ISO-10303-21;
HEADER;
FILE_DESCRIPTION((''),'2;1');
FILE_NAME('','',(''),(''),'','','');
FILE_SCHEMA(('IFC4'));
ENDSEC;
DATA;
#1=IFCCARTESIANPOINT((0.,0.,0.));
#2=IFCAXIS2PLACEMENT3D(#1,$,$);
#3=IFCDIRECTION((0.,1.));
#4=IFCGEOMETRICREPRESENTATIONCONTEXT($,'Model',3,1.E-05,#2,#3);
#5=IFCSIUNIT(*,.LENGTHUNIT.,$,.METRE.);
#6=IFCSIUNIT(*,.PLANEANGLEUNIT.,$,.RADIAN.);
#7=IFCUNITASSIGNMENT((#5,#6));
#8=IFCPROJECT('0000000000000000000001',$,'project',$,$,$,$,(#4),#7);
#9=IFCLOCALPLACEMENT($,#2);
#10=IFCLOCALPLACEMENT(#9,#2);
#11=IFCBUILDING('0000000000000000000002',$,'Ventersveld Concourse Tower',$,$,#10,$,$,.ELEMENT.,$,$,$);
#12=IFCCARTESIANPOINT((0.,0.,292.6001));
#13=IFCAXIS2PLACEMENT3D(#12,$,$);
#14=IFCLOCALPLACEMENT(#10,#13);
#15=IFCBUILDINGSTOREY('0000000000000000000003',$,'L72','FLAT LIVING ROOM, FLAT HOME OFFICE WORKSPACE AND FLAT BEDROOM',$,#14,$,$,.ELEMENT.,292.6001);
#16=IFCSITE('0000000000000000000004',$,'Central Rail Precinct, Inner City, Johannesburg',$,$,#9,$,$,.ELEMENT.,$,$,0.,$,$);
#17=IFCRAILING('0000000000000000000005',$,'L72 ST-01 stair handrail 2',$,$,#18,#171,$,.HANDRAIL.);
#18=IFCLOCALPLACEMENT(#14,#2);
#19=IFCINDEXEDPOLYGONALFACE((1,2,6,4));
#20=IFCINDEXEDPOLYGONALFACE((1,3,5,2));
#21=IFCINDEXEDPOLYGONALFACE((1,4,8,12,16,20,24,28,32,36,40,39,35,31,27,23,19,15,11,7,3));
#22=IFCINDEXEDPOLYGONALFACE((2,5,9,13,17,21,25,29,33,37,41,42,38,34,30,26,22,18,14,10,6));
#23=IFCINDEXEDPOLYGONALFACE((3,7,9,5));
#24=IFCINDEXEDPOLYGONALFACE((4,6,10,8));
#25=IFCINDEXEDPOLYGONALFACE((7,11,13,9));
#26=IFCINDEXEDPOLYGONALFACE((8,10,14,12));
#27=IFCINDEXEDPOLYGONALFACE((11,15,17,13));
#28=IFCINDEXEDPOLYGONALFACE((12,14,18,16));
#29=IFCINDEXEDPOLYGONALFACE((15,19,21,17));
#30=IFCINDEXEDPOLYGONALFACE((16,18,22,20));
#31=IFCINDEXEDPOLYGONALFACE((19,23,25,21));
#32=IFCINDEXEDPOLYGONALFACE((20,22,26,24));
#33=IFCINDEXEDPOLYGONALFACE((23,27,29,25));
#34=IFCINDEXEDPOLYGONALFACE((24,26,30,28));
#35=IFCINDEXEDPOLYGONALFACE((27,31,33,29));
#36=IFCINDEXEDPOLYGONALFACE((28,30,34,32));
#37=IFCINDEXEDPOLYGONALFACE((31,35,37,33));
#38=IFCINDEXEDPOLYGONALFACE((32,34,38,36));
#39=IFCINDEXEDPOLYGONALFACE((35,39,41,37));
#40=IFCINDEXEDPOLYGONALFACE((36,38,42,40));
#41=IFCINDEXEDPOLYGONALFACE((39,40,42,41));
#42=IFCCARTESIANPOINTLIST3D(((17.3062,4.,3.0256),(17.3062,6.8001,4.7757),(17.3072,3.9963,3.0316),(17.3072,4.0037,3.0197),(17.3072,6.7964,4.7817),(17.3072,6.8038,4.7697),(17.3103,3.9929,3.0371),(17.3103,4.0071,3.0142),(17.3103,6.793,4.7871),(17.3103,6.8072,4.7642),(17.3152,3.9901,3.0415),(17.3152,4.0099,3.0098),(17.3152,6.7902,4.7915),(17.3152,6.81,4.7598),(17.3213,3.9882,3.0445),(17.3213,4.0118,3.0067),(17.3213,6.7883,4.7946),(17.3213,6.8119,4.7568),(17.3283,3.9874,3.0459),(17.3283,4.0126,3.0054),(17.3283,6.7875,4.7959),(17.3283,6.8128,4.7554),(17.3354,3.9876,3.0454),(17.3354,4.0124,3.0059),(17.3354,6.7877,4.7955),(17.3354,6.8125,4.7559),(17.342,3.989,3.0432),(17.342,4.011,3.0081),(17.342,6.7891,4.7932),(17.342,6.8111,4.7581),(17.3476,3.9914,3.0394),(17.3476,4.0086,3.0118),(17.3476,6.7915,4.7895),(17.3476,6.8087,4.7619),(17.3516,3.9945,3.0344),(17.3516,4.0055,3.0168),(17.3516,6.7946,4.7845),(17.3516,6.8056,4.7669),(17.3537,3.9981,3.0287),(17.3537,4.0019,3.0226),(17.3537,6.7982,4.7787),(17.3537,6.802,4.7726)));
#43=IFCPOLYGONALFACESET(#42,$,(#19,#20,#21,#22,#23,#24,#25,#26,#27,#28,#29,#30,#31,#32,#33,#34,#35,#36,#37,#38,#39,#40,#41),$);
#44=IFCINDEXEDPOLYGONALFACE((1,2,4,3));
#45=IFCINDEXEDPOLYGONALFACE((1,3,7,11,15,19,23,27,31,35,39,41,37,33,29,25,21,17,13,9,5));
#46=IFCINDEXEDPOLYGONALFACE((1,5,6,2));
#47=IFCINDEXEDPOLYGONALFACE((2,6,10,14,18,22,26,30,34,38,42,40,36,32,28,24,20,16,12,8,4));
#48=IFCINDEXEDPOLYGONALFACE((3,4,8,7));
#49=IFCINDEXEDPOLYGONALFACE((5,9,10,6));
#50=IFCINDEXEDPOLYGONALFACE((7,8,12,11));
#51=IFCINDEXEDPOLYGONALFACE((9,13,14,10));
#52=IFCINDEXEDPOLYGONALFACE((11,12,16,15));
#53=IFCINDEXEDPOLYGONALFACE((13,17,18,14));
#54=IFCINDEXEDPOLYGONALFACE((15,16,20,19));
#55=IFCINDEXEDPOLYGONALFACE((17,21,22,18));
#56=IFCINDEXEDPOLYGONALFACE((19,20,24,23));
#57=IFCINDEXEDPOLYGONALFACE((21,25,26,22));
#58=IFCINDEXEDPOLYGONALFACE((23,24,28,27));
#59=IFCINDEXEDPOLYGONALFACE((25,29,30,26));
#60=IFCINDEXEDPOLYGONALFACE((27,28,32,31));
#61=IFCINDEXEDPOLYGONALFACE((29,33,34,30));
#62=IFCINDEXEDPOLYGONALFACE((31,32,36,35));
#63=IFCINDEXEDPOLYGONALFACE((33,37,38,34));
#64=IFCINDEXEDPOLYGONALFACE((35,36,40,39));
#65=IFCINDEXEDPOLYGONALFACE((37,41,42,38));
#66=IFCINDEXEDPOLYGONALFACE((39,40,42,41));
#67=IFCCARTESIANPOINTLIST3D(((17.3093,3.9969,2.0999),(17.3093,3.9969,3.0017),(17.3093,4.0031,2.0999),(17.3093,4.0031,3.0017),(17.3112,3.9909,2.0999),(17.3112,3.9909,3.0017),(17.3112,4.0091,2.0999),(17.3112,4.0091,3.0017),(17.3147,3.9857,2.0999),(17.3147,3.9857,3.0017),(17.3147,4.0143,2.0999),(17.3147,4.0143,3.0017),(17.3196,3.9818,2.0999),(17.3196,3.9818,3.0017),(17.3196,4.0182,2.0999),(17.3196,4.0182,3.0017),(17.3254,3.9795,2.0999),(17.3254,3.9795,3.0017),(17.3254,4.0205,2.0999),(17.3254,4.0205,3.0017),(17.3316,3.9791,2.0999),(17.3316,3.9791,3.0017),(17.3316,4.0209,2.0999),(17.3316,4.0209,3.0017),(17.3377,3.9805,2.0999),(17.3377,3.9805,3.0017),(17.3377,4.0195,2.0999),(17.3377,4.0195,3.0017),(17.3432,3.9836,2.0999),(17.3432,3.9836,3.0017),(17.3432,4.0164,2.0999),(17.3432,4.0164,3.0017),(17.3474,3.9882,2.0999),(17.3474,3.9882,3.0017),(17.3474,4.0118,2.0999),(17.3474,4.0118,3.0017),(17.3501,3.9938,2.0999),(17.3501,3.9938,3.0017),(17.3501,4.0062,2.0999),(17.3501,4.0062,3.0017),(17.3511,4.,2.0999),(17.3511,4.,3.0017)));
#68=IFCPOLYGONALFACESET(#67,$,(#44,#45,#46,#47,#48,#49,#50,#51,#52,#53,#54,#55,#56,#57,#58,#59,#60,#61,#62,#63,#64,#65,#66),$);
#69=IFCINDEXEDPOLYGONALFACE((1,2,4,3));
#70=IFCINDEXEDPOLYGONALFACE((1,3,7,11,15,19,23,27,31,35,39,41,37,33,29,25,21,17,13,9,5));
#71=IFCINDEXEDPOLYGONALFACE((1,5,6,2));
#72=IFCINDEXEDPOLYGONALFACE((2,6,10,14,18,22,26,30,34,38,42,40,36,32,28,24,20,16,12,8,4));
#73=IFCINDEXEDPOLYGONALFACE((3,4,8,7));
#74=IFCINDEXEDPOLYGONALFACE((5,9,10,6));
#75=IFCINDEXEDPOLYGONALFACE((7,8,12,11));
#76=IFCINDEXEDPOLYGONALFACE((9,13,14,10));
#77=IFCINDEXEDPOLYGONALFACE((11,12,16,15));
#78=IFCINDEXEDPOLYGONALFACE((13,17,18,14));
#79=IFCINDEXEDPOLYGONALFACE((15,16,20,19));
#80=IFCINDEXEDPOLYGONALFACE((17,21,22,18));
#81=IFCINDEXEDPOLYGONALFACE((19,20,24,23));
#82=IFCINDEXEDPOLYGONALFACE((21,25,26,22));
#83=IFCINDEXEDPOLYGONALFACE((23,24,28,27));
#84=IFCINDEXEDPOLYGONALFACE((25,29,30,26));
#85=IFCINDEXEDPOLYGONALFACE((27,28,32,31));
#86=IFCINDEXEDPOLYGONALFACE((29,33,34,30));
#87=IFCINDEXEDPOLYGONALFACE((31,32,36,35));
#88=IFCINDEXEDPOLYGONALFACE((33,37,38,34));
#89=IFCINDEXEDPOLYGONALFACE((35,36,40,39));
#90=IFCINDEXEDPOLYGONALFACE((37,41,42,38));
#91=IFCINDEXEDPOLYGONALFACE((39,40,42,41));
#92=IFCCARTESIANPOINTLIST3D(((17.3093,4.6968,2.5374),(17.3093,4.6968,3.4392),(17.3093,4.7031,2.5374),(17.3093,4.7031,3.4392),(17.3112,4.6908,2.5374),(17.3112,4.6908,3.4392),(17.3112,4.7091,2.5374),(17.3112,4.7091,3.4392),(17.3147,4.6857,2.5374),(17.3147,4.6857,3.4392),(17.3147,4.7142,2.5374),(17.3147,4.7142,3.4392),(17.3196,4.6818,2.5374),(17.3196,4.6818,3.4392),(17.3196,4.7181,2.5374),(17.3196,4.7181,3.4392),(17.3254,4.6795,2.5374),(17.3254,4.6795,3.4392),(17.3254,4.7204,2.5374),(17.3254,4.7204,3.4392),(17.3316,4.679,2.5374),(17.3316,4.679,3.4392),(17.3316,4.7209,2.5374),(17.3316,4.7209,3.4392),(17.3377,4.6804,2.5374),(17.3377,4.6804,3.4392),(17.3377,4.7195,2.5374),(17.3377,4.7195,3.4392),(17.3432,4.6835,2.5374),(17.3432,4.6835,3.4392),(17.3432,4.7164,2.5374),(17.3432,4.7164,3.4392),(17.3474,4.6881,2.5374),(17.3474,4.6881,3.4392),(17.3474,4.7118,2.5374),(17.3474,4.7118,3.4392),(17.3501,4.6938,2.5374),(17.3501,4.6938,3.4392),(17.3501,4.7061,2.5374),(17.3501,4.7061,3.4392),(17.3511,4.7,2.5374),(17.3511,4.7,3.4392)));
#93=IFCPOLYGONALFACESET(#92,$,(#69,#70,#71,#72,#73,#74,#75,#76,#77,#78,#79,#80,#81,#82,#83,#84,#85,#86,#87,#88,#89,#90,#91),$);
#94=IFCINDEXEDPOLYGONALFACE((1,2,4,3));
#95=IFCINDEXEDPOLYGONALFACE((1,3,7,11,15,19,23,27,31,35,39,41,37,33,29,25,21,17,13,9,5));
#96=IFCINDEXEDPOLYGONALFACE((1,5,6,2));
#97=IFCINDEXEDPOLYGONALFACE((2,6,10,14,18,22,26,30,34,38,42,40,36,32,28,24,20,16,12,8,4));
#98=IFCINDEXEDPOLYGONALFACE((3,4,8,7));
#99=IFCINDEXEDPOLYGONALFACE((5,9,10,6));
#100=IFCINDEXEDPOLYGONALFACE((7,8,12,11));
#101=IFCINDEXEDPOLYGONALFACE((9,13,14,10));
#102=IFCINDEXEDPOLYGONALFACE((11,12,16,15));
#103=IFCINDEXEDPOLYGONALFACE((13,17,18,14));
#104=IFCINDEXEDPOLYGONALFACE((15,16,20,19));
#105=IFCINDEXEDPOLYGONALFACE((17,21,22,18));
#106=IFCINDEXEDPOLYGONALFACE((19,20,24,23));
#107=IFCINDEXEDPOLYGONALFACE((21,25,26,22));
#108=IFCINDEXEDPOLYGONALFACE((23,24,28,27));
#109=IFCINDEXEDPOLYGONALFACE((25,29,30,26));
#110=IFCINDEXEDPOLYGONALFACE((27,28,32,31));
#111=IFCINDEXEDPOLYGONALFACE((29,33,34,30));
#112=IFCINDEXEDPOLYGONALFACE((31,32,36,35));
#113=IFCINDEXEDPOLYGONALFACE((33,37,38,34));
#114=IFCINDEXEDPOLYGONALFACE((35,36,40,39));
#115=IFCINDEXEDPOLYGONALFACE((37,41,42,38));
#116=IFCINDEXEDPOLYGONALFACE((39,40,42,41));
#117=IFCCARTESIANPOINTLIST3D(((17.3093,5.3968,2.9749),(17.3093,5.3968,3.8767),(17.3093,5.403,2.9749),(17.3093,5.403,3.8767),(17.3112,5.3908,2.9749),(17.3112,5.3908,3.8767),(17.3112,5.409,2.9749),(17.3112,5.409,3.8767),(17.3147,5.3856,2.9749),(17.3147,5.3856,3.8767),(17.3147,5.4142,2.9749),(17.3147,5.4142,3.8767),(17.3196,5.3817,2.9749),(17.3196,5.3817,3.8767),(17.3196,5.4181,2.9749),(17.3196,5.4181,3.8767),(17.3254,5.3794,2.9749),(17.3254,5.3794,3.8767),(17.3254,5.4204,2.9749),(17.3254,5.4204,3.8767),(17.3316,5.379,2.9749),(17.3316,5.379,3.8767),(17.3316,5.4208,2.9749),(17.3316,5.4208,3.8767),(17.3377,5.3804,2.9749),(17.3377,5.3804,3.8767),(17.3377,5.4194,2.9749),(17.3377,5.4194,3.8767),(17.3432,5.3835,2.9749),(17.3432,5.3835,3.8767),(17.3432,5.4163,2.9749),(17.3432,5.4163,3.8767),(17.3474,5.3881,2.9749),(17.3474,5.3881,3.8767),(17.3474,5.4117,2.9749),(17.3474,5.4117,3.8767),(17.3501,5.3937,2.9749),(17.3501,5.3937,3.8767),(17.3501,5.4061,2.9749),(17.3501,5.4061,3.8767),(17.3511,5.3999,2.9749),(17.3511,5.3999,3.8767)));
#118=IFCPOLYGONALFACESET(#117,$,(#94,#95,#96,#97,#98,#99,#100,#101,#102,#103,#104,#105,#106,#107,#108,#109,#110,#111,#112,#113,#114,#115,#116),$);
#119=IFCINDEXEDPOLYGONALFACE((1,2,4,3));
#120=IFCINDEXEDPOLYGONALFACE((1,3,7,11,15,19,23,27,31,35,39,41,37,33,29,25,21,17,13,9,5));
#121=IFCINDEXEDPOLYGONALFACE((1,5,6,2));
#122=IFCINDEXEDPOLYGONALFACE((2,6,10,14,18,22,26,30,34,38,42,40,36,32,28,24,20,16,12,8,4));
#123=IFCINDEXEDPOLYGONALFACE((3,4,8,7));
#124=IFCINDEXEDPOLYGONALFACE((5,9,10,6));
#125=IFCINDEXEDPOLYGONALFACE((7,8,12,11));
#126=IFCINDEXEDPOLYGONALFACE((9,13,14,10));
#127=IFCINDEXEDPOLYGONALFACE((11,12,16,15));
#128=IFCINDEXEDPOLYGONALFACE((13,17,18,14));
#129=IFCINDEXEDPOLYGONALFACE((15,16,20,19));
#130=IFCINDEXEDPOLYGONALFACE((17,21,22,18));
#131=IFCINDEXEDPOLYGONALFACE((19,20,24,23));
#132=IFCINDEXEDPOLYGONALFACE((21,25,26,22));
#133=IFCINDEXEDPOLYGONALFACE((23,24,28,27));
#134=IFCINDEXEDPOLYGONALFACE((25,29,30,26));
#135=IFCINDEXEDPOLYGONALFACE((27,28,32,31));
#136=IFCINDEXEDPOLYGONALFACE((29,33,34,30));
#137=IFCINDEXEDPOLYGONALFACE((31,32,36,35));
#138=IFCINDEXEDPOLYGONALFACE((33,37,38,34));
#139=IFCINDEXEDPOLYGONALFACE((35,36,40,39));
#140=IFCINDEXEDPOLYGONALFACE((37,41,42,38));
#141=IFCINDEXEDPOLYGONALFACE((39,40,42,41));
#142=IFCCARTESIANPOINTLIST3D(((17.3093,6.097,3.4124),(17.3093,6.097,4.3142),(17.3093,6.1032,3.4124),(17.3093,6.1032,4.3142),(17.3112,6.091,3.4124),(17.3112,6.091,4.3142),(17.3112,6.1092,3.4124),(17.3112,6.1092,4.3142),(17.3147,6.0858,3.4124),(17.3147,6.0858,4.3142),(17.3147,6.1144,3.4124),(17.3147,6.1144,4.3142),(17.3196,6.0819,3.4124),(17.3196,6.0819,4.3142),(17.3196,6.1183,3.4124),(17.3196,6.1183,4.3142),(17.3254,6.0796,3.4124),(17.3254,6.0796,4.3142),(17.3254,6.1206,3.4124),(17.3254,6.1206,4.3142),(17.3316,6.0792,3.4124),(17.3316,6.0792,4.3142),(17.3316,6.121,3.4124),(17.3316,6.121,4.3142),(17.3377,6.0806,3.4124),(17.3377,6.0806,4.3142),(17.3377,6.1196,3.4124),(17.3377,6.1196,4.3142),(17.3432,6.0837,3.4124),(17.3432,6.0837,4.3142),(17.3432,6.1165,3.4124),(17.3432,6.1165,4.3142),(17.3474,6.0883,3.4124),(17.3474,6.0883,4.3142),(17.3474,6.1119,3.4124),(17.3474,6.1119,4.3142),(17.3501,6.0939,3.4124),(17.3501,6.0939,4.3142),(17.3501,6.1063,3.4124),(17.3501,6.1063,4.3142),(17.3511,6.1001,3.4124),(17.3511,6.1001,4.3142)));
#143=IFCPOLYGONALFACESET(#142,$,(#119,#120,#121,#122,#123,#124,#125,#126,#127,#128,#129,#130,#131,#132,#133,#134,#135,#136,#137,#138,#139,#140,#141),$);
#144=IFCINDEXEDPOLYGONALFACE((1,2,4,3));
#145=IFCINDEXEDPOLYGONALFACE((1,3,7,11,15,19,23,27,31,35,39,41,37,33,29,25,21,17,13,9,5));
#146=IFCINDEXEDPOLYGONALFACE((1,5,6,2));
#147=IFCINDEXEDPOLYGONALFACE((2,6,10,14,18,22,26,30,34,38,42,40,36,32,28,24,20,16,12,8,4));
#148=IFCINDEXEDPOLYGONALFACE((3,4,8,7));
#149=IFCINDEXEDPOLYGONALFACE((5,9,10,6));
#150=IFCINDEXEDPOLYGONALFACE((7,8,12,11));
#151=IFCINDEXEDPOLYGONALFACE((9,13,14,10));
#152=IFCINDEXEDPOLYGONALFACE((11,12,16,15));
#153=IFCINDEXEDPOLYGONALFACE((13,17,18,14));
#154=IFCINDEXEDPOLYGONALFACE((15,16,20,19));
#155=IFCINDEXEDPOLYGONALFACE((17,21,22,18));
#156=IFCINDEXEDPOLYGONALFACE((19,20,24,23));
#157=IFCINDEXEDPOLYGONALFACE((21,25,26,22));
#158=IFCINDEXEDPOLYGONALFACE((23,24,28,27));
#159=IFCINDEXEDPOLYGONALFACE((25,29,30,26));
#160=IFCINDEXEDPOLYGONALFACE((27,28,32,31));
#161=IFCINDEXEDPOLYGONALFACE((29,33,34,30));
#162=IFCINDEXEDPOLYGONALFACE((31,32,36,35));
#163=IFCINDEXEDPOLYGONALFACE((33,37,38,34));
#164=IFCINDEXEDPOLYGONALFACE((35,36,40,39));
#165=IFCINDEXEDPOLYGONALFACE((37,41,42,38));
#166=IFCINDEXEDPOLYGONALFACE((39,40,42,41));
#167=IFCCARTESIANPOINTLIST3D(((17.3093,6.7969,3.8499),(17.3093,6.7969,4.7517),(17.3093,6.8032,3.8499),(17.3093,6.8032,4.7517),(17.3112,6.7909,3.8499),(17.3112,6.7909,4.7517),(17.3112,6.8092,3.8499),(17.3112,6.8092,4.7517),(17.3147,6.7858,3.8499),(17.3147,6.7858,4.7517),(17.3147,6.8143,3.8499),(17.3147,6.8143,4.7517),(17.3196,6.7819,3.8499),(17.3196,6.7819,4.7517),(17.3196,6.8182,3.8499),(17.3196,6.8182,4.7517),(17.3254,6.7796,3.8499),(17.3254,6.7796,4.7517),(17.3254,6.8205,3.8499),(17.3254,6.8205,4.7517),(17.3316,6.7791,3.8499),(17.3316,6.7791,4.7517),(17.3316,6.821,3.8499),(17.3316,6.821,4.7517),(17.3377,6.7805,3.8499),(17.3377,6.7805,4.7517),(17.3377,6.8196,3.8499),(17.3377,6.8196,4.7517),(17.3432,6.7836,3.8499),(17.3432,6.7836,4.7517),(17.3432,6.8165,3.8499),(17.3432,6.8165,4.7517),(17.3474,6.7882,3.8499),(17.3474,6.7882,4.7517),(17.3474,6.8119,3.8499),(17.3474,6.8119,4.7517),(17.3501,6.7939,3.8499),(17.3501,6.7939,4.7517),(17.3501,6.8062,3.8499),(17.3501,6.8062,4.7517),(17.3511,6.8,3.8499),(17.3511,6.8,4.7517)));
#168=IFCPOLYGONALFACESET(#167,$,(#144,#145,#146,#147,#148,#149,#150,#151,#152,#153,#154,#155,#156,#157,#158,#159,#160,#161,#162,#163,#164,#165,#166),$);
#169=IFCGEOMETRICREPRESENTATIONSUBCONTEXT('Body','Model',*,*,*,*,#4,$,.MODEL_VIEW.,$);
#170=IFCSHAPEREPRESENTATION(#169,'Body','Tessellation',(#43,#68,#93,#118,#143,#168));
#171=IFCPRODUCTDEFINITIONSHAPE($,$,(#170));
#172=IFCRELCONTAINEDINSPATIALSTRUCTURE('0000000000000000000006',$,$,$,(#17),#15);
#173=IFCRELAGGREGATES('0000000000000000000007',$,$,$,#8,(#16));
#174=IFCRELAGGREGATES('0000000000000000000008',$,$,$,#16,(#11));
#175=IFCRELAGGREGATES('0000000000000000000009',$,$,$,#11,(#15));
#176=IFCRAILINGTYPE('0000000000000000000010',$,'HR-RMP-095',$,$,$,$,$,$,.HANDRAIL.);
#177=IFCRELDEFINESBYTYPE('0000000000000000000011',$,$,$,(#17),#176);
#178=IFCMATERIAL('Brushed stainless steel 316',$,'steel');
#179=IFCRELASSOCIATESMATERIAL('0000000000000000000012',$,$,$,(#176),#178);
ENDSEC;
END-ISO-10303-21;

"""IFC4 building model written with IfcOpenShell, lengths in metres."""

from ifc_helpers import new_model, si_unit, direction, frame, origin, origin_2d, place, context, subcontext, project, spatial, circle, extrude, material, type_object, element, save


model = new_model("IFC4")

# Units and contexts
model_context = context("Model", 3, precision=1e-05, world=origin(), true_north=direction((0.0, 1.0)))
body_context = subcontext(model_context, "Body", "Model", "MODEL_VIEW")
ifc_project = project(units=[si_unit("LENGTHUNIT", "METRE"), si_unit("PLANEANGLEUNIT", "RADIAN")], contexts=[model_context])

# Site, building, storey
site_placement = place(None, origin())
site = spatial("IfcSite", under=ifc_project, at=site_placement, Name="Central Rail Precinct, Inner City, Johannesburg", CompositionType="ELEMENT", RefElevation=0.0)
building_placement = place(site_placement, origin())
building = spatial("IfcBuilding", under=site, at=building_placement, Name="Ventersveld Concourse Tower", CompositionType="ELEMENT")
storey_placement = place(building_placement, frame((0.0, 0.0, 292.6001)))
storey = spatial("IfcBuildingStorey", under=building, at=storey_placement, Name="L72", Description="FLAT LIVING ROOM, FLAT HOME OFFICE WORKSPACE AND FLAT BEDROOM", CompositionType="ELEMENT", Elevation=292.6001)

# Shared definitions
ifc_material_1 = material(Name="Brushed stainless steel 316", Category="steel")

# Railing
railing_type_1 = type_object("IfcRailingType", Name="HR-RMP-095", PredefinedType="HANDRAIL", material=ifc_material_1)
railing_1_placement = place(storey_placement, frame((17.3301, 4.0, 2.0999)))
element("IfcRailing", 1, at=railing_1_placement, inside=storey, type_object=railing_type_1, Name="L72 ST-01 stair handrail 2", PredefinedType="HANDRAIL", context=body_context, shape_type="SweptSolid", body=[
    extrude(circle(Radius=0.0239, at=origin_2d()), frame((0.0, 0.0, 0.9258), z_axis=(0.0, 0.848002, 0.529992), x_axis=(-1.0, 0.0, 0.0)), (0.0, 0.0, 1.0), 3.302),
    extrude(circle(Radius=0.021, at=origin_2d()), origin(), (0.0, 0.0, 1.0), 0.9019),
    extrude(circle(Radius=0.021, at=origin_2d()), frame((0.0, 0.7, 0.4375)), (0.0, 0.0, 1.0), 0.9019),
    extrude(circle(Radius=0.021, at=origin_2d()), frame((0.0, 1.3999, 0.875)), (0.0, 0.0, 1.0), 0.9019),
    extrude(circle(Radius=0.021, at=origin_2d()), frame((0.0, 2.1001, 1.3125)), (0.0, 0.0, 1.0), 0.9019),
    extrude(circle(Radius=0.021, at=origin_2d()), frame((0.0, 2.8, 1.75)), (0.0, 0.0, 1.0), 0.9019),
])

save(model, "model.ifc")
